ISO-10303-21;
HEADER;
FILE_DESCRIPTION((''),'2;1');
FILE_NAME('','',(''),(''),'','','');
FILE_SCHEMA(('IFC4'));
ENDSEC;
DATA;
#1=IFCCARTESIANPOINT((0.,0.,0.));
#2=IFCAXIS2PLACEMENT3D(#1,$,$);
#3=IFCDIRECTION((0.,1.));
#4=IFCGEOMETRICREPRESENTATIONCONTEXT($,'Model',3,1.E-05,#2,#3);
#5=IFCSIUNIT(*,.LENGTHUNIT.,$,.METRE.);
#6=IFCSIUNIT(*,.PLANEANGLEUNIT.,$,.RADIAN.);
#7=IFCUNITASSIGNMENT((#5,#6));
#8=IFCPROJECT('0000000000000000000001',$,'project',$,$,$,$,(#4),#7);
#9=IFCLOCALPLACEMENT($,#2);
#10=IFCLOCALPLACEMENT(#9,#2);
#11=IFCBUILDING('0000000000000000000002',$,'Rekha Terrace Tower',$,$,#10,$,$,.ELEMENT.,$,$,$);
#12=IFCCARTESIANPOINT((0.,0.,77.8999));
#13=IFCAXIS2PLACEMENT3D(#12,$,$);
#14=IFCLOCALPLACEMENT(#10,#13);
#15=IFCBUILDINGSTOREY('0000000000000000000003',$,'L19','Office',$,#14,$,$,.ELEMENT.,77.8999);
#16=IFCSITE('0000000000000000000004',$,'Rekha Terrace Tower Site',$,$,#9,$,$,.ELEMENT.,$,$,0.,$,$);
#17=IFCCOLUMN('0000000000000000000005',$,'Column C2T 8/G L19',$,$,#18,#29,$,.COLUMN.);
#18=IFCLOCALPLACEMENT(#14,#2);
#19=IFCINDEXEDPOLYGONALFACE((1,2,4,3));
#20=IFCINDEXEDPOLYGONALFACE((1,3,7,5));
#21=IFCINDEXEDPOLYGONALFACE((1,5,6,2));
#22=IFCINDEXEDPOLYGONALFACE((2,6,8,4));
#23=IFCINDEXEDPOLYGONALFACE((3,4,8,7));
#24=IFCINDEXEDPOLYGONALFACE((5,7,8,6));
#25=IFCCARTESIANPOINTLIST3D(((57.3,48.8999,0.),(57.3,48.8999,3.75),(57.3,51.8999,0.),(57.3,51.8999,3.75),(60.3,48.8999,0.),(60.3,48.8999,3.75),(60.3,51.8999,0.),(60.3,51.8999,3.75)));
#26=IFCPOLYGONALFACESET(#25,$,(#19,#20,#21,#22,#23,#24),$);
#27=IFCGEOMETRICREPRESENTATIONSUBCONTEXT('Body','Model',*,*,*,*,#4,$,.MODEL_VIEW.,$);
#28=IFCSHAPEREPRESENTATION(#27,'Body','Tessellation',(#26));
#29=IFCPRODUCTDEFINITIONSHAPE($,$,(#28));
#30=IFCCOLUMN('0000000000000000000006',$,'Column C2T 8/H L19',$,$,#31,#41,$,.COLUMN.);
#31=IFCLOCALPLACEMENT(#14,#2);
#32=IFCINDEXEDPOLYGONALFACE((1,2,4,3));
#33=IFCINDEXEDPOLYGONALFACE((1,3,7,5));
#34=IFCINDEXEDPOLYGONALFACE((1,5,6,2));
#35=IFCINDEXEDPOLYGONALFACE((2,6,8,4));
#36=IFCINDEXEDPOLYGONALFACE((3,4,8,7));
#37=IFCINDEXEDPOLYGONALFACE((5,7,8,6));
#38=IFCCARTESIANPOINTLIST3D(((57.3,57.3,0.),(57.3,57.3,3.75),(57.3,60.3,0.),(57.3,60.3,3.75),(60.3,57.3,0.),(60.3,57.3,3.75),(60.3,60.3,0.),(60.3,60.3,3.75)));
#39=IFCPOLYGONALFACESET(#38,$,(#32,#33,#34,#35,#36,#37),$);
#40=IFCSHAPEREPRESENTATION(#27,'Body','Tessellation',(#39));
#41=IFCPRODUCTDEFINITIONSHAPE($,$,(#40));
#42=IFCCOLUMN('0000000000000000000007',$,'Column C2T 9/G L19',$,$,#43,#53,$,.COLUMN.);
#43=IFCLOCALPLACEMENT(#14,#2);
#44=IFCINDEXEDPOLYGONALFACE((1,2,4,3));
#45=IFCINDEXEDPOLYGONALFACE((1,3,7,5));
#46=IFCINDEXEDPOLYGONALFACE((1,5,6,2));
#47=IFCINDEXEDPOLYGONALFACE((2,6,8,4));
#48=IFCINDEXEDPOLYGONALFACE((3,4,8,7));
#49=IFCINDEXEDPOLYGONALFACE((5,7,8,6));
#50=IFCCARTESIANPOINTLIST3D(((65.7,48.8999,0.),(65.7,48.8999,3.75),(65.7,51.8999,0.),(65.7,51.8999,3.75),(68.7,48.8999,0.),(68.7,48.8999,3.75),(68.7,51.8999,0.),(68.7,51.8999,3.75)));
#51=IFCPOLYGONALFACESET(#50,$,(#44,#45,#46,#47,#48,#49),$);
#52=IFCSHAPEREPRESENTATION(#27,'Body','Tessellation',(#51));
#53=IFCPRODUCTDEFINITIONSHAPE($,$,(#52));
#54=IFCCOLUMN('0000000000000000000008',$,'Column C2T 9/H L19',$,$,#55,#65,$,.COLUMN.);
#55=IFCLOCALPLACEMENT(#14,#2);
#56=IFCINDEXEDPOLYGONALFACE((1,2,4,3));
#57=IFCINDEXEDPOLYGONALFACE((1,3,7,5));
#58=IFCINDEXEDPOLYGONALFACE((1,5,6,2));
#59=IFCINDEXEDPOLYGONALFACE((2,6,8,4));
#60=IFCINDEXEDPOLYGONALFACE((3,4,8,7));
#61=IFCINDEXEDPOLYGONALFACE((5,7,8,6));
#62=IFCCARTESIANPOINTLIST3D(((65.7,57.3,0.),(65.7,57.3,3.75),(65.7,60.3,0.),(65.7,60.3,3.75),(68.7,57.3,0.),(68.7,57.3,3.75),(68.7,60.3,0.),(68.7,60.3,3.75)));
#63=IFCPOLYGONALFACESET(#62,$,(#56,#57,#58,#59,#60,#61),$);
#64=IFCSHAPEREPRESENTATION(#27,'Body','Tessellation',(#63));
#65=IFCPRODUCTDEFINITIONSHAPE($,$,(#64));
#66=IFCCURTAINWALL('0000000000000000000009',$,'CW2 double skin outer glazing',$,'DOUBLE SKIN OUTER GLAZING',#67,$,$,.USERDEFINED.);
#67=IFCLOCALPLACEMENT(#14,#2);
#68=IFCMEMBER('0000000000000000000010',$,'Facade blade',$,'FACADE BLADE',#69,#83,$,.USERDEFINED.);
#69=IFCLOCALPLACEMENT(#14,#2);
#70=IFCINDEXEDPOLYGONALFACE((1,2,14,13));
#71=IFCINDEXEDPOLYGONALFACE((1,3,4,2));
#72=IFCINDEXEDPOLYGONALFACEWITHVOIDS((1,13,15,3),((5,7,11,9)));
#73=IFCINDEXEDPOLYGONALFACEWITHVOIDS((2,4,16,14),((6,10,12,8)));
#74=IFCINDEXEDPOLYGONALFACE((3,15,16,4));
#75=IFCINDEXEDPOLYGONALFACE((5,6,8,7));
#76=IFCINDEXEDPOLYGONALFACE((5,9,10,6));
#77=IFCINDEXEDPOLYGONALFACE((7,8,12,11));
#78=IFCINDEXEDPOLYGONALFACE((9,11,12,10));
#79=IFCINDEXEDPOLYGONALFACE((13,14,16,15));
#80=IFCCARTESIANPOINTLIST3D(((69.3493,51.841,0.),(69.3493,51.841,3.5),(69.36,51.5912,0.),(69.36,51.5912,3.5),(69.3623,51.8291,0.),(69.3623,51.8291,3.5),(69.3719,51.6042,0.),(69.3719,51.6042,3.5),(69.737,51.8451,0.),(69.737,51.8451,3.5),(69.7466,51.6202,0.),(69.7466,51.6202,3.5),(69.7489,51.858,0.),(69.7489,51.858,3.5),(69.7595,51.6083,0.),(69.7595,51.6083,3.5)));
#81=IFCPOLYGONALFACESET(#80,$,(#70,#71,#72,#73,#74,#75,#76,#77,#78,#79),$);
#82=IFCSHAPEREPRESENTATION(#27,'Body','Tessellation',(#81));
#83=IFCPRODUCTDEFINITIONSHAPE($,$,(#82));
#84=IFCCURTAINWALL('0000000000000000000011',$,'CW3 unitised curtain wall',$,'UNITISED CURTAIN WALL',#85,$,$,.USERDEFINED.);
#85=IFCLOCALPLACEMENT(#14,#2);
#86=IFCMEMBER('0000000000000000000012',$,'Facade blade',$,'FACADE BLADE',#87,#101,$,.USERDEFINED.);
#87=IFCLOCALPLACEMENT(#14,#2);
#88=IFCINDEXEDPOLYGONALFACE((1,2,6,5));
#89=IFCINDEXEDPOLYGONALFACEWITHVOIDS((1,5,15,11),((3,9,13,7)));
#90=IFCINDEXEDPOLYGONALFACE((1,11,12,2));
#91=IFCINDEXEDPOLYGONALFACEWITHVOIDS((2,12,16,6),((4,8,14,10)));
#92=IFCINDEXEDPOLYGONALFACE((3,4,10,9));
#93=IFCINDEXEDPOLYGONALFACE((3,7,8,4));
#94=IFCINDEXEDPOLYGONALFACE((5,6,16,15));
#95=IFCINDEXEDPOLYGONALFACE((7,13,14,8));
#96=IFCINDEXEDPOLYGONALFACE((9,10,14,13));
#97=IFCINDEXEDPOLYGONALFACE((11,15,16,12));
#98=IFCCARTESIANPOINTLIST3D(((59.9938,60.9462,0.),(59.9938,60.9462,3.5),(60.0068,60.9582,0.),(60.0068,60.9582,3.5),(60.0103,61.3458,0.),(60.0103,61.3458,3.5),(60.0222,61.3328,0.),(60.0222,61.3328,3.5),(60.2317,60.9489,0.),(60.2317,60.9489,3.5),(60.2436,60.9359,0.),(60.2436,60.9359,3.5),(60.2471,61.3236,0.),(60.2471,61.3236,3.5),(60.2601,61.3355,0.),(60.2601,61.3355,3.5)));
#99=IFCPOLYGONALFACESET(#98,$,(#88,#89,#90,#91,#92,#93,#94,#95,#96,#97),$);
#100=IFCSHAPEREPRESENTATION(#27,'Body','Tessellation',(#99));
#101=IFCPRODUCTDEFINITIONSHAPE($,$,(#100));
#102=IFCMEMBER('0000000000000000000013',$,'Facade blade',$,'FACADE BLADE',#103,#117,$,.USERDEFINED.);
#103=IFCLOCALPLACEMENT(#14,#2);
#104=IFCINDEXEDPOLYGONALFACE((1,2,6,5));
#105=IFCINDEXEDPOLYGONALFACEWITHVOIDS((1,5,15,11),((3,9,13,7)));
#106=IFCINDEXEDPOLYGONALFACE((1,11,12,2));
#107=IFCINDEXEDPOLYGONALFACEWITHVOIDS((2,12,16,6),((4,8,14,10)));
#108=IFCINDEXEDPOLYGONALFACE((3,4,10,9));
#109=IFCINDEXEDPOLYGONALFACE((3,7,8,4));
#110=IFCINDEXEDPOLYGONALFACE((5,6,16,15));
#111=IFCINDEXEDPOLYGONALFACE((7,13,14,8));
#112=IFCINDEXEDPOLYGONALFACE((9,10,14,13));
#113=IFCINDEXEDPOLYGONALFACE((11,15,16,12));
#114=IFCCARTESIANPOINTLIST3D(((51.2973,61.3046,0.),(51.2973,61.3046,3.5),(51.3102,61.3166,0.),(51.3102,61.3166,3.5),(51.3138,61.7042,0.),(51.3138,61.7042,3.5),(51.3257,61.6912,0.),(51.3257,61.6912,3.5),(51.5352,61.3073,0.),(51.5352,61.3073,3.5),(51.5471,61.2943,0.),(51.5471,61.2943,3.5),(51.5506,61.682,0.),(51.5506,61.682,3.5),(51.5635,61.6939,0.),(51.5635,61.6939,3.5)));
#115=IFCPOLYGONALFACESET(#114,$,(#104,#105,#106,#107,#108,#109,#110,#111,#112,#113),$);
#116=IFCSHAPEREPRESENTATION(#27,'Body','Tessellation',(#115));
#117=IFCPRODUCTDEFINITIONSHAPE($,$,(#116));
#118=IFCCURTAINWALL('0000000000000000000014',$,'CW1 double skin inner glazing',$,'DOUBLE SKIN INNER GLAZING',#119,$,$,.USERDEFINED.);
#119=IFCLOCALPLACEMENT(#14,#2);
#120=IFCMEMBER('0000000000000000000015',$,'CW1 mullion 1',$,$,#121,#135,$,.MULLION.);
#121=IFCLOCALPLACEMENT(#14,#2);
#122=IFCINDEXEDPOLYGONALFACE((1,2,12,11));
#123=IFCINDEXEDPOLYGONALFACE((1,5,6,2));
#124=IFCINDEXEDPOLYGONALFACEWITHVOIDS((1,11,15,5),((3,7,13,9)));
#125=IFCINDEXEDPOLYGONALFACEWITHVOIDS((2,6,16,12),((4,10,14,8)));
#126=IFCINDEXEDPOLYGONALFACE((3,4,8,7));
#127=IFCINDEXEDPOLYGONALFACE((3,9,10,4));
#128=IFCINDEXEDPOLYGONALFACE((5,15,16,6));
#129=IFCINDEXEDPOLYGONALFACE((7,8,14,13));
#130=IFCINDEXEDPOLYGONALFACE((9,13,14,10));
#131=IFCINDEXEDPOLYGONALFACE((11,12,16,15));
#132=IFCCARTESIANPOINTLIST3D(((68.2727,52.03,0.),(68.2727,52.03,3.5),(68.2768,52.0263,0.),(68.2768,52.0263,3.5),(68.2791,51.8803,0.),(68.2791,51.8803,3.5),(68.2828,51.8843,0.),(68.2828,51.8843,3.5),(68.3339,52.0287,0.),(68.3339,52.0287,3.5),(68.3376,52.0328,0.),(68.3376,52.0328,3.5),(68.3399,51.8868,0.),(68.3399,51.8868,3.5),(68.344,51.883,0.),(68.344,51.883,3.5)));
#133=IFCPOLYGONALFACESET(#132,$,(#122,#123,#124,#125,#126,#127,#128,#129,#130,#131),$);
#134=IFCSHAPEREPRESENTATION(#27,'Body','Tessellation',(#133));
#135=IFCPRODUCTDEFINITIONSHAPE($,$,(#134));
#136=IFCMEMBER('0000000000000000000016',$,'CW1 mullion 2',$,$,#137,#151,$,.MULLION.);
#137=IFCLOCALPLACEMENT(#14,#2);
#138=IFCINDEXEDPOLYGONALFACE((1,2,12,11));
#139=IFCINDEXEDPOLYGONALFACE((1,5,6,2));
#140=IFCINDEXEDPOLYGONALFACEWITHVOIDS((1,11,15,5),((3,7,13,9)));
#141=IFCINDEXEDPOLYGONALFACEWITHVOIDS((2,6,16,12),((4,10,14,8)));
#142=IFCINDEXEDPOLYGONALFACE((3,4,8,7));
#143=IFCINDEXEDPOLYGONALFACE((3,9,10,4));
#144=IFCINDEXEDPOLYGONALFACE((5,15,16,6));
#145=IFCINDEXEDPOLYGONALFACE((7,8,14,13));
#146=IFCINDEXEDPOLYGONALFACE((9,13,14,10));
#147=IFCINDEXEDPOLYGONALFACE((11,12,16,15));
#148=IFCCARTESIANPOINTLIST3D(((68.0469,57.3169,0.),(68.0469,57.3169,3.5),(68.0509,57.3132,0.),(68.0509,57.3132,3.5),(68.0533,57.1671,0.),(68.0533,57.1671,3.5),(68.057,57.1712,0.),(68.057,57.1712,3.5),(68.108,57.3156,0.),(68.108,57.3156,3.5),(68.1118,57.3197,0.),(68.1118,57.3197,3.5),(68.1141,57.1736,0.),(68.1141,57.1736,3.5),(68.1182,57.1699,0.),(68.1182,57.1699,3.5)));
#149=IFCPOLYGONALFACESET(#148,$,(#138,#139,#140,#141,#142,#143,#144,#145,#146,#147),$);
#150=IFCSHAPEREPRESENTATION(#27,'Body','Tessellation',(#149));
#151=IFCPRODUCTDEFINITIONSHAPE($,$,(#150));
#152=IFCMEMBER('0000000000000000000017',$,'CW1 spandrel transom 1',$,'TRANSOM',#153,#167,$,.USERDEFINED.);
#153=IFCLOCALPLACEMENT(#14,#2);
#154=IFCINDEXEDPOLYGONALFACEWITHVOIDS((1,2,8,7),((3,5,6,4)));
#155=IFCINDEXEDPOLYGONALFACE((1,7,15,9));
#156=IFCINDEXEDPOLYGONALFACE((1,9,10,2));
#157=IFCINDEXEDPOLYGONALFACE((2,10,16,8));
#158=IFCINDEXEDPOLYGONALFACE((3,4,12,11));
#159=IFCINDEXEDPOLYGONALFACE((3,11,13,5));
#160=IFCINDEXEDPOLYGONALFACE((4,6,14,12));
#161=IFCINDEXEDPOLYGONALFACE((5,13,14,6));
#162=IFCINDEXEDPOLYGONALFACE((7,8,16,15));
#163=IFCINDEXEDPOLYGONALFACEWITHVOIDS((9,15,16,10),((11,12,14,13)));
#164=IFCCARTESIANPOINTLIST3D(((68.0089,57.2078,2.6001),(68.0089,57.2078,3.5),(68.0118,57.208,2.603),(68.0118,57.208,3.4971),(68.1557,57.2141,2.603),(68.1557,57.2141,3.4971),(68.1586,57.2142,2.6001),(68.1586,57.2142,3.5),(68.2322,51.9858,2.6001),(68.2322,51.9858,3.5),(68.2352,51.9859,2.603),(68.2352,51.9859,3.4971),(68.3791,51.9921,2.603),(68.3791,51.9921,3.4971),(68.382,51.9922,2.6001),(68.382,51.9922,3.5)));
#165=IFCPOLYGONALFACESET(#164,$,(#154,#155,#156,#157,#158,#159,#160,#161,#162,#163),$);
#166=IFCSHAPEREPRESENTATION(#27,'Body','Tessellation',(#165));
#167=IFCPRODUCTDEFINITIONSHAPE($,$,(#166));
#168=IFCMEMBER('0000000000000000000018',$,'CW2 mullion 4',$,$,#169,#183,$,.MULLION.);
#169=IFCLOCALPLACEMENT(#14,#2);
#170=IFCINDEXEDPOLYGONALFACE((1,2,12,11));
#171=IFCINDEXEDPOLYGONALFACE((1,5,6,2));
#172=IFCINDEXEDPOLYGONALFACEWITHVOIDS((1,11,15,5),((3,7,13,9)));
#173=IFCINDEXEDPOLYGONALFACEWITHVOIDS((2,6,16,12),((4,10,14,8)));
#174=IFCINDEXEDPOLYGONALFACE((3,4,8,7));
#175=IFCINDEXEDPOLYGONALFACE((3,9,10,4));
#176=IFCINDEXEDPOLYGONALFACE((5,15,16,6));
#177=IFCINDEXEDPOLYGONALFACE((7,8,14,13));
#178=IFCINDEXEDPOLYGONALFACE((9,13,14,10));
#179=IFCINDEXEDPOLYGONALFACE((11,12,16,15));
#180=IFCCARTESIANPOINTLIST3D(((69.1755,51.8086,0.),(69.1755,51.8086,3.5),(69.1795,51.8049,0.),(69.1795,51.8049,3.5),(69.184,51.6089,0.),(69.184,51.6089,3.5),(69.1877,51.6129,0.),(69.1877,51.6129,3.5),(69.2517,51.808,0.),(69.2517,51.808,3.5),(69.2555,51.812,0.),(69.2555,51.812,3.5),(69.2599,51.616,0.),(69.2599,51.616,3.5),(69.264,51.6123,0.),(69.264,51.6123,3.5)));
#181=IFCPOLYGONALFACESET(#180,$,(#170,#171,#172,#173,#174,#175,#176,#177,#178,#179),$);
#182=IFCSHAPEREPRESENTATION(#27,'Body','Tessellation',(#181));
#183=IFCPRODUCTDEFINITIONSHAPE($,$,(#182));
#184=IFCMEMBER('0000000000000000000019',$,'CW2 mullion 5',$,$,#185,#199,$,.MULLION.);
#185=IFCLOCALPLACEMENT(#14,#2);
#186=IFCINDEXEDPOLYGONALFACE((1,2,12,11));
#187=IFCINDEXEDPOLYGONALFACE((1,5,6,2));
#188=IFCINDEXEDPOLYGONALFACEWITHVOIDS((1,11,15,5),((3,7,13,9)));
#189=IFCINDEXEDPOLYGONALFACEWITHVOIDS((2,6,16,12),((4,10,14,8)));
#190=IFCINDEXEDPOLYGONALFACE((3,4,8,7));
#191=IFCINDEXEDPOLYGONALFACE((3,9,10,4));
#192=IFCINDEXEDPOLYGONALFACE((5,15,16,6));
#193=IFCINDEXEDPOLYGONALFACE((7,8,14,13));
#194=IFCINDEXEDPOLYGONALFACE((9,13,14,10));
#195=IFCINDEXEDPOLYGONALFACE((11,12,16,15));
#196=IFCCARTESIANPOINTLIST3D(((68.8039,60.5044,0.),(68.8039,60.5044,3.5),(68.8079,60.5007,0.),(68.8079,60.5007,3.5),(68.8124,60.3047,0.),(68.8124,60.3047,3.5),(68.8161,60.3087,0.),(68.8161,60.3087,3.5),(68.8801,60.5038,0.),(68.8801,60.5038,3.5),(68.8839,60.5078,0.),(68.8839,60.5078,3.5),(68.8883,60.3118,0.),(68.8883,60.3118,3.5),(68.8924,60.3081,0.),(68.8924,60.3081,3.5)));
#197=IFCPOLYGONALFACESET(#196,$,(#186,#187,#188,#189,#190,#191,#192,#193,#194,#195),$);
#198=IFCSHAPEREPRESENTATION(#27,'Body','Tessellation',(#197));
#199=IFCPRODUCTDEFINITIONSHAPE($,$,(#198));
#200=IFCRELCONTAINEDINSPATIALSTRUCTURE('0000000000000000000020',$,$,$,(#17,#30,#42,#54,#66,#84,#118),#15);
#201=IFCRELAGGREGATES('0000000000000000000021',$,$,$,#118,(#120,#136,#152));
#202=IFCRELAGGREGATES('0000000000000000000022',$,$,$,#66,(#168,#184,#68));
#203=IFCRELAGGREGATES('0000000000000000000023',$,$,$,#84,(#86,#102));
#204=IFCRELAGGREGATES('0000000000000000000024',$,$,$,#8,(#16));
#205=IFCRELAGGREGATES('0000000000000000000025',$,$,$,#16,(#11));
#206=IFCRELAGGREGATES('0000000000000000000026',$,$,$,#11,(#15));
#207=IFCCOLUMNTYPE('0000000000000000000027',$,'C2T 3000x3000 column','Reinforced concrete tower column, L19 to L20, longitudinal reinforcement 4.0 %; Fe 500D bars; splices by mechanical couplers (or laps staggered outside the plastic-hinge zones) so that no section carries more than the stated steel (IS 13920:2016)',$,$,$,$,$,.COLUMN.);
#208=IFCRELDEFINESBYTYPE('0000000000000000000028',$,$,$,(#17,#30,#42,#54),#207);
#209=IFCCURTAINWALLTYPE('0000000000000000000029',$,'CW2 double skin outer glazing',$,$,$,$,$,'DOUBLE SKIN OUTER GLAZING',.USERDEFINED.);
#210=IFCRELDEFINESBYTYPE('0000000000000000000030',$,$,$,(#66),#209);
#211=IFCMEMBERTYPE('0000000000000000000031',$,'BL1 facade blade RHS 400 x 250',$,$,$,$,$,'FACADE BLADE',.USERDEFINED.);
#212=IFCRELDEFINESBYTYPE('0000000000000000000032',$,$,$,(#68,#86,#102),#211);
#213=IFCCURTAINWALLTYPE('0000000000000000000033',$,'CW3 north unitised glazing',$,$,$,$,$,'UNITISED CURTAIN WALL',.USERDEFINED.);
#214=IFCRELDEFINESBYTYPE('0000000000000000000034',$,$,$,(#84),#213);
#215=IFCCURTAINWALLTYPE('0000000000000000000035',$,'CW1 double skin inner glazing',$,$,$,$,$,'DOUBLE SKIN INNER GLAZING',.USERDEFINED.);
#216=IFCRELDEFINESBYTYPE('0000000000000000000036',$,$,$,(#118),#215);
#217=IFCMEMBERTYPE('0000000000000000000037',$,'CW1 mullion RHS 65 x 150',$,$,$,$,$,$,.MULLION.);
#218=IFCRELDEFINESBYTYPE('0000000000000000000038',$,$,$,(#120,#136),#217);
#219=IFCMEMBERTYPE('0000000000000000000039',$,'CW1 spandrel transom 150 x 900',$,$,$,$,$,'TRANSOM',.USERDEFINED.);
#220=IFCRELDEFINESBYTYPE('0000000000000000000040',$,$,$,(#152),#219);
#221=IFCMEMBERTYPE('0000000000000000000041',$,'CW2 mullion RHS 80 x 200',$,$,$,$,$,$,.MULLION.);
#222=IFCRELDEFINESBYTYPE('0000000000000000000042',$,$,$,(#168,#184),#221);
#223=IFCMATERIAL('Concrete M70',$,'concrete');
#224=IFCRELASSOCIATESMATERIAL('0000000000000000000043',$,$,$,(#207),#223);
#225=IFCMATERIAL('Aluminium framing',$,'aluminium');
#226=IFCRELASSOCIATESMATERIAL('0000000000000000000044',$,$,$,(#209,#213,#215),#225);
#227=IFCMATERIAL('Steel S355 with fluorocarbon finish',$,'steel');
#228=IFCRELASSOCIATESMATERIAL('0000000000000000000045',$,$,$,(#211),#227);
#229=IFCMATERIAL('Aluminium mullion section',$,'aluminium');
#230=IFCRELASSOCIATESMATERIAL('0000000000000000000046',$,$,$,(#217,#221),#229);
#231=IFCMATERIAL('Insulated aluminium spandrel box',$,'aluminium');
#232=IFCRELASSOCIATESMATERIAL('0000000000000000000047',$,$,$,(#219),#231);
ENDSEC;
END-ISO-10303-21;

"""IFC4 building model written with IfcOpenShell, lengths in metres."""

from ifc_helpers import new_model, si_unit, direction, frame, origin, origin_2d, place, context, subcontext, project, spatial, rectangle, hollow_rectangle, extrude, material, material_profile, profile_set, type_object, element, aggregate, save


model = new_model("IFC4")

# Units and contexts
model_context = context("Model", 3, precision=1e-05, world=origin(), true_north=direction((0.0, 1.0)))
body_context = subcontext(model_context, "Body", "Model", "MODEL_VIEW")
ifc_project = project(units=[si_unit("LENGTHUNIT", "METRE"), si_unit("PLANEANGLEUNIT", "RADIAN")], contexts=[model_context])

# Site, building, storey
site_placement = place(None, origin())
site = spatial("IfcSite", under=ifc_project, at=site_placement, Name="Rekha Terrace Tower Site", CompositionType="ELEMENT", RefElevation=0.0)
building_placement = place(site_placement, origin())
building = spatial("IfcBuilding", under=site, at=building_placement, Name="Rekha Terrace Tower", CompositionType="ELEMENT")
storey_placement = place(building_placement, frame((0.0, 0.0, 77.8999)))
storey = spatial("IfcBuildingStorey", under=building, at=storey_placement, Name="L19", Description="Office", CompositionType="ELEMENT", Elevation=77.8999)

# Columns
ifc_material_1 = material(Name="Concrete M70", Category="concrete")
ifc_material_profile_1 = material_profile(ifc_material_1, rectangle(XDim=3.0, YDim=3.0, at=origin_2d()), Name="RC 3000x3000")
ifc_profile_set_1 = profile_set([ifc_material_profile_1], Name="Concrete M70")
column_type = type_object("IfcColumnType", Name="C2T 3000x3000 column", Description="Reinforced concrete tower column, L19 to L20, longitudinal reinforcement 4.0 %; Fe 500D bars; splices by mechanical couplers (or laps staggered outside the plastic-hinge zones) so that no section carries more than the stated steel (IS 13920:2016)", PredefinedType="COLUMN", material=ifc_profile_set_1)
for number, where, z_axis, x_axis, name in (
    (1, (58.8, 50.3999, 0.0), (0.0, 0.0, 1.0), (1.0, 0.0, 0.0), "Column C2T 8/G L19"),
    (2, (58.8, 58.8, 0.0), (0.0, 0.0, 1.0), (1.0, 0.0, 0.0), "Column C2T 8/H L19"),
    (3, (67.2, 50.3999, 0.0), (0.0, 0.0, 1.0), (1.0, 0.0, 0.0), "Column C2T 9/G L19"),
    (4, (67.2, 58.8, 0.0), (0.0, 0.0, 1.0), (1.0, 0.0, 0.0), "Column C2T 9/H L19"),
):
    element("IfcColumn", number, at=place(storey_placement, frame(where, z_axis=z_axis, x_axis=x_axis)), inside=storey, type_object=column_type, Name=name, PredefinedType="COLUMN", context=body_context, shape_type="SweptSolid", body=[
        extrude(rectangle(XDim=3.0, YDim=3.0, at=origin_2d()), origin(), (0.0, 0.0, 1.0), 3.75),
    ])

# Curtain wall, member
ifc_material_2 = material(Name="Aluminium framing", Category="aluminium")
curtain_wall_type_1 = type_object("IfcCurtainWallType", Name="CW2 double skin outer glazing", ElementType="DOUBLE SKIN OUTER GLAZING", PredefinedType="USERDEFINED", material=ifc_material_2)
curtain_wall_1_placement = place(storey_placement, origin())
curtain_wall_1 = element("IfcCurtainWall", 5, at=curtain_wall_1_placement, inside=storey, type_object=curtain_wall_type_1, Name="CW2 double skin outer glazing", ObjectType="DOUBLE SKIN OUTER GLAZING", PredefinedType="USERDEFINED")
ifc_material_3 = material(Name="Steel S355 with fluorocarbon finish", Category="steel")
ifc_material_profile_2 = material_profile(ifc_material_3, hollow_rectangle(XDim=0.25, YDim=0.3999, WallThickness=0.0125, at=origin_2d()), Name="RHS400x250x12.5")
ifc_profile_set_2 = profile_set([ifc_material_profile_2], Name="Steel S355 with fluorocarbon finish")
member_type_1 = type_object("IfcMemberType", Name="BL1 facade blade RHS 400 x 250", ElementType="FACADE BLADE", PredefinedType="USERDEFINED", material=ifc_profile_set_2)
member_1_placement = place(storey_placement, frame((69.5544, 51.7246, 0.0), z_axis=(0.0, 0.0, 1.0), x_axis=(-0.042695, 0.999088, 0.0)))
member_1 = element("IfcMember", 6, at=member_1_placement, type_object=member_type_1, Name="Facade blade", ObjectType="FACADE BLADE", PredefinedType="USERDEFINED", context=body_context, shape_type="SweptSolid", body=[
    extrude(hollow_rectangle(XDim=0.25, YDim=0.3999, WallThickness=0.0125, at=origin_2d()), origin(), (0.0, 0.0, 1.0), 3.5),
])

# Curtain walls, members
curtain_wall_type_2 = type_object("IfcCurtainWallType", Name="CW3 north unitised glazing", ElementType="UNITISED CURTAIN WALL", PredefinedType="USERDEFINED", material=ifc_material_2)
curtain_wall_2_placement = place(storey_placement, origin())
curtain_wall_2 = element("IfcCurtainWall", 7, at=curtain_wall_2_placement, inside=storey, type_object=curtain_wall_type_2, Name="CW3 unitised curtain wall", ObjectType="UNITISED CURTAIN WALL", PredefinedType="USERDEFINED")
member_2_placement = place(storey_placement, frame((60.127, 61.1409, 0.0), z_axis=(0.0, 0.0, 1.0), x_axis=(-0.999152, 0.041175, 0.0)))
member_2 = element("IfcMember", 8, at=member_2_placement, type_object=member_type_1, Name="Facade blade", ObjectType="FACADE BLADE", PredefinedType="USERDEFINED", context=body_context, shape_type="SweptSolid", body=[
    extrude(hollow_rectangle(XDim=0.25, YDim=0.3999, WallThickness=0.0125, at=origin_2d()), origin(), (0.0, 0.0, 1.0), 3.5),
])
member_3_placement = place(storey_placement, frame((51.4304, 61.4993, 0.0), z_axis=(0.0, 0.0, 1.0), x_axis=(-0.999152, 0.041175, 0.0)))
member_3 = element("IfcMember", 9, at=member_3_placement, type_object=member_type_1, Name="Facade blade", ObjectType="FACADE BLADE", PredefinedType="USERDEFINED", context=body_context, shape_type="SweptSolid", body=[
    extrude(hollow_rectangle(XDim=0.25, YDim=0.3999, WallThickness=0.0125, at=origin_2d()), origin(), (0.0, 0.0, 1.0), 3.5),
])
curtain_wall_type_3 = type_object("IfcCurtainWallType", Name="CW1 double skin inner glazing", ElementType="DOUBLE SKIN INNER GLAZING", PredefinedType="USERDEFINED", material=ifc_material_2)
curtain_wall_3_placement = place(storey_placement, origin())
curtain_wall_3 = element("IfcCurtainWall", 10, at=curtain_wall_3_placement, inside=storey, type_object=curtain_wall_type_3, Name="CW1 double skin inner glazing", ObjectType="DOUBLE SKIN INNER GLAZING", PredefinedType="USERDEFINED")
ifc_material_4 = material(Name="Aluminium mullion section", Category="aluminium")
ifc_material_profile_3 = material_profile(ifc_material_4, hollow_rectangle(XDim=0.0649, YDim=0.1499, WallThickness=0.0039, at=origin_2d()), Name="AL RHS 65x150")
ifc_profile_set_3 = profile_set([ifc_material_profile_3], Name="Aluminium mullion section")
member_type_2 = type_object("IfcMemberType", Name="CW1 mullion RHS 65 x 150", PredefinedType="MULLION", material=ifc_profile_set_3)
member_4_placement = place(storey_placement, frame((68.3083, 51.9565, 0.0), z_axis=(0.0, 0.0, 1.0), x_axis=(-0.999088, -0.042696, 0.0)))
member_4 = element("IfcMember", 11, at=member_4_placement, type_object=member_type_2, Name="CW1 mullion 1", PredefinedType="MULLION", context=body_context, shape_type="SweptSolid", body=[
    extrude(hollow_rectangle(XDim=0.0649, YDim=0.1499, WallThickness=0.0039, at=origin_2d()), origin(), (0.0, 0.0, 1.0), 3.5),
])
member_5_placement = place(storey_placement, frame((68.0825, 57.2434, 0.0), z_axis=(0.0, 0.0, 1.0), x_axis=(-0.999088, -0.042696, 0.0)))
member_5 = element("IfcMember", 12, at=member_5_placement, type_object=member_type_2, Name="CW1 mullion 2", PredefinedType="MULLION", context=body_context, shape_type="SweptSolid", body=[
    extrude(hollow_rectangle(XDim=0.0649, YDim=0.1499, WallThickness=0.0039, at=origin_2d()), origin(), (0.0, 0.0, 1.0), 3.5),
])
ifc_material_5 = material(Name="Insulated aluminium spandrel box", Category="aluminium")
ifc_material_profile_4 = material_profile(ifc_material_5, hollow_rectangle(XDim=0.1499, YDim=0.8999, WallThickness=0.0029, at=origin_2d()), Name="AL SPANDREL BOX 150x900")
ifc_profile_set_4 = profile_set([ifc_material_profile_4], Name="Insulated aluminium spandrel box")
member_type_3 = type_object("IfcMemberType", Name="CW1 spandrel transom 150 x 900", ElementType="TRANSOM", PredefinedType="USERDEFINED", material=ifc_profile_set_4)
member_6_placement = place(storey_placement, frame((68.3071, 51.989, 3.05), z_axis=(-0.04274, 0.999086, 0.0), x_axis=(-0.999086, -0.04274, 0.0)))
member_6 = element("IfcMember", 13, at=member_6_placement, type_object=member_type_3, Name="CW1 spandrel transom 1", ObjectType="TRANSOM", PredefinedType="USERDEFINED", context=body_context, shape_type="SweptSolid", body=[
    extrude(hollow_rectangle(XDim=0.1499, YDim=0.8999, WallThickness=0.0029, at=origin_2d()), origin(), (0.0, 0.0, 1.0), 5.2268),
])

# Members
ifc_material_profile_5 = material_profile(ifc_material_4, hollow_rectangle(XDim=0.0801, YDim=0.2, WallThickness=0.0039, at=origin_2d()), Name="AL RHS 80x200")
ifc_profile_set_5 = profile_set([ifc_material_profile_5], Name="Aluminium mullion section")
member_type_4 = type_object("IfcMemberType", Name="CW2 mullion RHS 80 x 200", PredefinedType="MULLION", material=ifc_profile_set_5)
member_7_placement = place(storey_placement, frame((69.2197, 51.7104, 0.0), z_axis=(0.0, 0.0, 1.0), x_axis=(-0.999088, -0.042696, 0.0)))
member_7 = element("IfcMember", 14, at=member_7_placement, type_object=member_type_4, Name="CW2 mullion 4", PredefinedType="MULLION", context=body_context, shape_type="SweptSolid", body=[
    extrude(hollow_rectangle(XDim=0.0801, YDim=0.2, WallThickness=0.0039, at=origin_2d()), origin(), (0.0, 0.0, 1.0), 3.5),
])
member_8_placement = place(storey_placement, frame((68.8481, 60.4062, 0.0), z_axis=(0.0, 0.0, 1.0), x_axis=(-0.999088, -0.042696, 0.0)))
member_8 = element("IfcMember", 15, at=member_8_placement, type_object=member_type_4, Name="CW2 mullion 5", PredefinedType="MULLION", context=body_context, shape_type="SweptSolid", body=[
    extrude(hollow_rectangle(XDim=0.0801, YDim=0.2, WallThickness=0.0039, at=origin_2d()), origin(), (0.0, 0.0, 1.0), 3.5),
])

aggregate(curtain_wall_3, [member_4, member_5, member_6])
aggregate(curtain_wall_1, [member_7, member_8, member_1])
aggregate(curtain_wall_2, [member_2, member_3])

save(model, "model.ifc")
